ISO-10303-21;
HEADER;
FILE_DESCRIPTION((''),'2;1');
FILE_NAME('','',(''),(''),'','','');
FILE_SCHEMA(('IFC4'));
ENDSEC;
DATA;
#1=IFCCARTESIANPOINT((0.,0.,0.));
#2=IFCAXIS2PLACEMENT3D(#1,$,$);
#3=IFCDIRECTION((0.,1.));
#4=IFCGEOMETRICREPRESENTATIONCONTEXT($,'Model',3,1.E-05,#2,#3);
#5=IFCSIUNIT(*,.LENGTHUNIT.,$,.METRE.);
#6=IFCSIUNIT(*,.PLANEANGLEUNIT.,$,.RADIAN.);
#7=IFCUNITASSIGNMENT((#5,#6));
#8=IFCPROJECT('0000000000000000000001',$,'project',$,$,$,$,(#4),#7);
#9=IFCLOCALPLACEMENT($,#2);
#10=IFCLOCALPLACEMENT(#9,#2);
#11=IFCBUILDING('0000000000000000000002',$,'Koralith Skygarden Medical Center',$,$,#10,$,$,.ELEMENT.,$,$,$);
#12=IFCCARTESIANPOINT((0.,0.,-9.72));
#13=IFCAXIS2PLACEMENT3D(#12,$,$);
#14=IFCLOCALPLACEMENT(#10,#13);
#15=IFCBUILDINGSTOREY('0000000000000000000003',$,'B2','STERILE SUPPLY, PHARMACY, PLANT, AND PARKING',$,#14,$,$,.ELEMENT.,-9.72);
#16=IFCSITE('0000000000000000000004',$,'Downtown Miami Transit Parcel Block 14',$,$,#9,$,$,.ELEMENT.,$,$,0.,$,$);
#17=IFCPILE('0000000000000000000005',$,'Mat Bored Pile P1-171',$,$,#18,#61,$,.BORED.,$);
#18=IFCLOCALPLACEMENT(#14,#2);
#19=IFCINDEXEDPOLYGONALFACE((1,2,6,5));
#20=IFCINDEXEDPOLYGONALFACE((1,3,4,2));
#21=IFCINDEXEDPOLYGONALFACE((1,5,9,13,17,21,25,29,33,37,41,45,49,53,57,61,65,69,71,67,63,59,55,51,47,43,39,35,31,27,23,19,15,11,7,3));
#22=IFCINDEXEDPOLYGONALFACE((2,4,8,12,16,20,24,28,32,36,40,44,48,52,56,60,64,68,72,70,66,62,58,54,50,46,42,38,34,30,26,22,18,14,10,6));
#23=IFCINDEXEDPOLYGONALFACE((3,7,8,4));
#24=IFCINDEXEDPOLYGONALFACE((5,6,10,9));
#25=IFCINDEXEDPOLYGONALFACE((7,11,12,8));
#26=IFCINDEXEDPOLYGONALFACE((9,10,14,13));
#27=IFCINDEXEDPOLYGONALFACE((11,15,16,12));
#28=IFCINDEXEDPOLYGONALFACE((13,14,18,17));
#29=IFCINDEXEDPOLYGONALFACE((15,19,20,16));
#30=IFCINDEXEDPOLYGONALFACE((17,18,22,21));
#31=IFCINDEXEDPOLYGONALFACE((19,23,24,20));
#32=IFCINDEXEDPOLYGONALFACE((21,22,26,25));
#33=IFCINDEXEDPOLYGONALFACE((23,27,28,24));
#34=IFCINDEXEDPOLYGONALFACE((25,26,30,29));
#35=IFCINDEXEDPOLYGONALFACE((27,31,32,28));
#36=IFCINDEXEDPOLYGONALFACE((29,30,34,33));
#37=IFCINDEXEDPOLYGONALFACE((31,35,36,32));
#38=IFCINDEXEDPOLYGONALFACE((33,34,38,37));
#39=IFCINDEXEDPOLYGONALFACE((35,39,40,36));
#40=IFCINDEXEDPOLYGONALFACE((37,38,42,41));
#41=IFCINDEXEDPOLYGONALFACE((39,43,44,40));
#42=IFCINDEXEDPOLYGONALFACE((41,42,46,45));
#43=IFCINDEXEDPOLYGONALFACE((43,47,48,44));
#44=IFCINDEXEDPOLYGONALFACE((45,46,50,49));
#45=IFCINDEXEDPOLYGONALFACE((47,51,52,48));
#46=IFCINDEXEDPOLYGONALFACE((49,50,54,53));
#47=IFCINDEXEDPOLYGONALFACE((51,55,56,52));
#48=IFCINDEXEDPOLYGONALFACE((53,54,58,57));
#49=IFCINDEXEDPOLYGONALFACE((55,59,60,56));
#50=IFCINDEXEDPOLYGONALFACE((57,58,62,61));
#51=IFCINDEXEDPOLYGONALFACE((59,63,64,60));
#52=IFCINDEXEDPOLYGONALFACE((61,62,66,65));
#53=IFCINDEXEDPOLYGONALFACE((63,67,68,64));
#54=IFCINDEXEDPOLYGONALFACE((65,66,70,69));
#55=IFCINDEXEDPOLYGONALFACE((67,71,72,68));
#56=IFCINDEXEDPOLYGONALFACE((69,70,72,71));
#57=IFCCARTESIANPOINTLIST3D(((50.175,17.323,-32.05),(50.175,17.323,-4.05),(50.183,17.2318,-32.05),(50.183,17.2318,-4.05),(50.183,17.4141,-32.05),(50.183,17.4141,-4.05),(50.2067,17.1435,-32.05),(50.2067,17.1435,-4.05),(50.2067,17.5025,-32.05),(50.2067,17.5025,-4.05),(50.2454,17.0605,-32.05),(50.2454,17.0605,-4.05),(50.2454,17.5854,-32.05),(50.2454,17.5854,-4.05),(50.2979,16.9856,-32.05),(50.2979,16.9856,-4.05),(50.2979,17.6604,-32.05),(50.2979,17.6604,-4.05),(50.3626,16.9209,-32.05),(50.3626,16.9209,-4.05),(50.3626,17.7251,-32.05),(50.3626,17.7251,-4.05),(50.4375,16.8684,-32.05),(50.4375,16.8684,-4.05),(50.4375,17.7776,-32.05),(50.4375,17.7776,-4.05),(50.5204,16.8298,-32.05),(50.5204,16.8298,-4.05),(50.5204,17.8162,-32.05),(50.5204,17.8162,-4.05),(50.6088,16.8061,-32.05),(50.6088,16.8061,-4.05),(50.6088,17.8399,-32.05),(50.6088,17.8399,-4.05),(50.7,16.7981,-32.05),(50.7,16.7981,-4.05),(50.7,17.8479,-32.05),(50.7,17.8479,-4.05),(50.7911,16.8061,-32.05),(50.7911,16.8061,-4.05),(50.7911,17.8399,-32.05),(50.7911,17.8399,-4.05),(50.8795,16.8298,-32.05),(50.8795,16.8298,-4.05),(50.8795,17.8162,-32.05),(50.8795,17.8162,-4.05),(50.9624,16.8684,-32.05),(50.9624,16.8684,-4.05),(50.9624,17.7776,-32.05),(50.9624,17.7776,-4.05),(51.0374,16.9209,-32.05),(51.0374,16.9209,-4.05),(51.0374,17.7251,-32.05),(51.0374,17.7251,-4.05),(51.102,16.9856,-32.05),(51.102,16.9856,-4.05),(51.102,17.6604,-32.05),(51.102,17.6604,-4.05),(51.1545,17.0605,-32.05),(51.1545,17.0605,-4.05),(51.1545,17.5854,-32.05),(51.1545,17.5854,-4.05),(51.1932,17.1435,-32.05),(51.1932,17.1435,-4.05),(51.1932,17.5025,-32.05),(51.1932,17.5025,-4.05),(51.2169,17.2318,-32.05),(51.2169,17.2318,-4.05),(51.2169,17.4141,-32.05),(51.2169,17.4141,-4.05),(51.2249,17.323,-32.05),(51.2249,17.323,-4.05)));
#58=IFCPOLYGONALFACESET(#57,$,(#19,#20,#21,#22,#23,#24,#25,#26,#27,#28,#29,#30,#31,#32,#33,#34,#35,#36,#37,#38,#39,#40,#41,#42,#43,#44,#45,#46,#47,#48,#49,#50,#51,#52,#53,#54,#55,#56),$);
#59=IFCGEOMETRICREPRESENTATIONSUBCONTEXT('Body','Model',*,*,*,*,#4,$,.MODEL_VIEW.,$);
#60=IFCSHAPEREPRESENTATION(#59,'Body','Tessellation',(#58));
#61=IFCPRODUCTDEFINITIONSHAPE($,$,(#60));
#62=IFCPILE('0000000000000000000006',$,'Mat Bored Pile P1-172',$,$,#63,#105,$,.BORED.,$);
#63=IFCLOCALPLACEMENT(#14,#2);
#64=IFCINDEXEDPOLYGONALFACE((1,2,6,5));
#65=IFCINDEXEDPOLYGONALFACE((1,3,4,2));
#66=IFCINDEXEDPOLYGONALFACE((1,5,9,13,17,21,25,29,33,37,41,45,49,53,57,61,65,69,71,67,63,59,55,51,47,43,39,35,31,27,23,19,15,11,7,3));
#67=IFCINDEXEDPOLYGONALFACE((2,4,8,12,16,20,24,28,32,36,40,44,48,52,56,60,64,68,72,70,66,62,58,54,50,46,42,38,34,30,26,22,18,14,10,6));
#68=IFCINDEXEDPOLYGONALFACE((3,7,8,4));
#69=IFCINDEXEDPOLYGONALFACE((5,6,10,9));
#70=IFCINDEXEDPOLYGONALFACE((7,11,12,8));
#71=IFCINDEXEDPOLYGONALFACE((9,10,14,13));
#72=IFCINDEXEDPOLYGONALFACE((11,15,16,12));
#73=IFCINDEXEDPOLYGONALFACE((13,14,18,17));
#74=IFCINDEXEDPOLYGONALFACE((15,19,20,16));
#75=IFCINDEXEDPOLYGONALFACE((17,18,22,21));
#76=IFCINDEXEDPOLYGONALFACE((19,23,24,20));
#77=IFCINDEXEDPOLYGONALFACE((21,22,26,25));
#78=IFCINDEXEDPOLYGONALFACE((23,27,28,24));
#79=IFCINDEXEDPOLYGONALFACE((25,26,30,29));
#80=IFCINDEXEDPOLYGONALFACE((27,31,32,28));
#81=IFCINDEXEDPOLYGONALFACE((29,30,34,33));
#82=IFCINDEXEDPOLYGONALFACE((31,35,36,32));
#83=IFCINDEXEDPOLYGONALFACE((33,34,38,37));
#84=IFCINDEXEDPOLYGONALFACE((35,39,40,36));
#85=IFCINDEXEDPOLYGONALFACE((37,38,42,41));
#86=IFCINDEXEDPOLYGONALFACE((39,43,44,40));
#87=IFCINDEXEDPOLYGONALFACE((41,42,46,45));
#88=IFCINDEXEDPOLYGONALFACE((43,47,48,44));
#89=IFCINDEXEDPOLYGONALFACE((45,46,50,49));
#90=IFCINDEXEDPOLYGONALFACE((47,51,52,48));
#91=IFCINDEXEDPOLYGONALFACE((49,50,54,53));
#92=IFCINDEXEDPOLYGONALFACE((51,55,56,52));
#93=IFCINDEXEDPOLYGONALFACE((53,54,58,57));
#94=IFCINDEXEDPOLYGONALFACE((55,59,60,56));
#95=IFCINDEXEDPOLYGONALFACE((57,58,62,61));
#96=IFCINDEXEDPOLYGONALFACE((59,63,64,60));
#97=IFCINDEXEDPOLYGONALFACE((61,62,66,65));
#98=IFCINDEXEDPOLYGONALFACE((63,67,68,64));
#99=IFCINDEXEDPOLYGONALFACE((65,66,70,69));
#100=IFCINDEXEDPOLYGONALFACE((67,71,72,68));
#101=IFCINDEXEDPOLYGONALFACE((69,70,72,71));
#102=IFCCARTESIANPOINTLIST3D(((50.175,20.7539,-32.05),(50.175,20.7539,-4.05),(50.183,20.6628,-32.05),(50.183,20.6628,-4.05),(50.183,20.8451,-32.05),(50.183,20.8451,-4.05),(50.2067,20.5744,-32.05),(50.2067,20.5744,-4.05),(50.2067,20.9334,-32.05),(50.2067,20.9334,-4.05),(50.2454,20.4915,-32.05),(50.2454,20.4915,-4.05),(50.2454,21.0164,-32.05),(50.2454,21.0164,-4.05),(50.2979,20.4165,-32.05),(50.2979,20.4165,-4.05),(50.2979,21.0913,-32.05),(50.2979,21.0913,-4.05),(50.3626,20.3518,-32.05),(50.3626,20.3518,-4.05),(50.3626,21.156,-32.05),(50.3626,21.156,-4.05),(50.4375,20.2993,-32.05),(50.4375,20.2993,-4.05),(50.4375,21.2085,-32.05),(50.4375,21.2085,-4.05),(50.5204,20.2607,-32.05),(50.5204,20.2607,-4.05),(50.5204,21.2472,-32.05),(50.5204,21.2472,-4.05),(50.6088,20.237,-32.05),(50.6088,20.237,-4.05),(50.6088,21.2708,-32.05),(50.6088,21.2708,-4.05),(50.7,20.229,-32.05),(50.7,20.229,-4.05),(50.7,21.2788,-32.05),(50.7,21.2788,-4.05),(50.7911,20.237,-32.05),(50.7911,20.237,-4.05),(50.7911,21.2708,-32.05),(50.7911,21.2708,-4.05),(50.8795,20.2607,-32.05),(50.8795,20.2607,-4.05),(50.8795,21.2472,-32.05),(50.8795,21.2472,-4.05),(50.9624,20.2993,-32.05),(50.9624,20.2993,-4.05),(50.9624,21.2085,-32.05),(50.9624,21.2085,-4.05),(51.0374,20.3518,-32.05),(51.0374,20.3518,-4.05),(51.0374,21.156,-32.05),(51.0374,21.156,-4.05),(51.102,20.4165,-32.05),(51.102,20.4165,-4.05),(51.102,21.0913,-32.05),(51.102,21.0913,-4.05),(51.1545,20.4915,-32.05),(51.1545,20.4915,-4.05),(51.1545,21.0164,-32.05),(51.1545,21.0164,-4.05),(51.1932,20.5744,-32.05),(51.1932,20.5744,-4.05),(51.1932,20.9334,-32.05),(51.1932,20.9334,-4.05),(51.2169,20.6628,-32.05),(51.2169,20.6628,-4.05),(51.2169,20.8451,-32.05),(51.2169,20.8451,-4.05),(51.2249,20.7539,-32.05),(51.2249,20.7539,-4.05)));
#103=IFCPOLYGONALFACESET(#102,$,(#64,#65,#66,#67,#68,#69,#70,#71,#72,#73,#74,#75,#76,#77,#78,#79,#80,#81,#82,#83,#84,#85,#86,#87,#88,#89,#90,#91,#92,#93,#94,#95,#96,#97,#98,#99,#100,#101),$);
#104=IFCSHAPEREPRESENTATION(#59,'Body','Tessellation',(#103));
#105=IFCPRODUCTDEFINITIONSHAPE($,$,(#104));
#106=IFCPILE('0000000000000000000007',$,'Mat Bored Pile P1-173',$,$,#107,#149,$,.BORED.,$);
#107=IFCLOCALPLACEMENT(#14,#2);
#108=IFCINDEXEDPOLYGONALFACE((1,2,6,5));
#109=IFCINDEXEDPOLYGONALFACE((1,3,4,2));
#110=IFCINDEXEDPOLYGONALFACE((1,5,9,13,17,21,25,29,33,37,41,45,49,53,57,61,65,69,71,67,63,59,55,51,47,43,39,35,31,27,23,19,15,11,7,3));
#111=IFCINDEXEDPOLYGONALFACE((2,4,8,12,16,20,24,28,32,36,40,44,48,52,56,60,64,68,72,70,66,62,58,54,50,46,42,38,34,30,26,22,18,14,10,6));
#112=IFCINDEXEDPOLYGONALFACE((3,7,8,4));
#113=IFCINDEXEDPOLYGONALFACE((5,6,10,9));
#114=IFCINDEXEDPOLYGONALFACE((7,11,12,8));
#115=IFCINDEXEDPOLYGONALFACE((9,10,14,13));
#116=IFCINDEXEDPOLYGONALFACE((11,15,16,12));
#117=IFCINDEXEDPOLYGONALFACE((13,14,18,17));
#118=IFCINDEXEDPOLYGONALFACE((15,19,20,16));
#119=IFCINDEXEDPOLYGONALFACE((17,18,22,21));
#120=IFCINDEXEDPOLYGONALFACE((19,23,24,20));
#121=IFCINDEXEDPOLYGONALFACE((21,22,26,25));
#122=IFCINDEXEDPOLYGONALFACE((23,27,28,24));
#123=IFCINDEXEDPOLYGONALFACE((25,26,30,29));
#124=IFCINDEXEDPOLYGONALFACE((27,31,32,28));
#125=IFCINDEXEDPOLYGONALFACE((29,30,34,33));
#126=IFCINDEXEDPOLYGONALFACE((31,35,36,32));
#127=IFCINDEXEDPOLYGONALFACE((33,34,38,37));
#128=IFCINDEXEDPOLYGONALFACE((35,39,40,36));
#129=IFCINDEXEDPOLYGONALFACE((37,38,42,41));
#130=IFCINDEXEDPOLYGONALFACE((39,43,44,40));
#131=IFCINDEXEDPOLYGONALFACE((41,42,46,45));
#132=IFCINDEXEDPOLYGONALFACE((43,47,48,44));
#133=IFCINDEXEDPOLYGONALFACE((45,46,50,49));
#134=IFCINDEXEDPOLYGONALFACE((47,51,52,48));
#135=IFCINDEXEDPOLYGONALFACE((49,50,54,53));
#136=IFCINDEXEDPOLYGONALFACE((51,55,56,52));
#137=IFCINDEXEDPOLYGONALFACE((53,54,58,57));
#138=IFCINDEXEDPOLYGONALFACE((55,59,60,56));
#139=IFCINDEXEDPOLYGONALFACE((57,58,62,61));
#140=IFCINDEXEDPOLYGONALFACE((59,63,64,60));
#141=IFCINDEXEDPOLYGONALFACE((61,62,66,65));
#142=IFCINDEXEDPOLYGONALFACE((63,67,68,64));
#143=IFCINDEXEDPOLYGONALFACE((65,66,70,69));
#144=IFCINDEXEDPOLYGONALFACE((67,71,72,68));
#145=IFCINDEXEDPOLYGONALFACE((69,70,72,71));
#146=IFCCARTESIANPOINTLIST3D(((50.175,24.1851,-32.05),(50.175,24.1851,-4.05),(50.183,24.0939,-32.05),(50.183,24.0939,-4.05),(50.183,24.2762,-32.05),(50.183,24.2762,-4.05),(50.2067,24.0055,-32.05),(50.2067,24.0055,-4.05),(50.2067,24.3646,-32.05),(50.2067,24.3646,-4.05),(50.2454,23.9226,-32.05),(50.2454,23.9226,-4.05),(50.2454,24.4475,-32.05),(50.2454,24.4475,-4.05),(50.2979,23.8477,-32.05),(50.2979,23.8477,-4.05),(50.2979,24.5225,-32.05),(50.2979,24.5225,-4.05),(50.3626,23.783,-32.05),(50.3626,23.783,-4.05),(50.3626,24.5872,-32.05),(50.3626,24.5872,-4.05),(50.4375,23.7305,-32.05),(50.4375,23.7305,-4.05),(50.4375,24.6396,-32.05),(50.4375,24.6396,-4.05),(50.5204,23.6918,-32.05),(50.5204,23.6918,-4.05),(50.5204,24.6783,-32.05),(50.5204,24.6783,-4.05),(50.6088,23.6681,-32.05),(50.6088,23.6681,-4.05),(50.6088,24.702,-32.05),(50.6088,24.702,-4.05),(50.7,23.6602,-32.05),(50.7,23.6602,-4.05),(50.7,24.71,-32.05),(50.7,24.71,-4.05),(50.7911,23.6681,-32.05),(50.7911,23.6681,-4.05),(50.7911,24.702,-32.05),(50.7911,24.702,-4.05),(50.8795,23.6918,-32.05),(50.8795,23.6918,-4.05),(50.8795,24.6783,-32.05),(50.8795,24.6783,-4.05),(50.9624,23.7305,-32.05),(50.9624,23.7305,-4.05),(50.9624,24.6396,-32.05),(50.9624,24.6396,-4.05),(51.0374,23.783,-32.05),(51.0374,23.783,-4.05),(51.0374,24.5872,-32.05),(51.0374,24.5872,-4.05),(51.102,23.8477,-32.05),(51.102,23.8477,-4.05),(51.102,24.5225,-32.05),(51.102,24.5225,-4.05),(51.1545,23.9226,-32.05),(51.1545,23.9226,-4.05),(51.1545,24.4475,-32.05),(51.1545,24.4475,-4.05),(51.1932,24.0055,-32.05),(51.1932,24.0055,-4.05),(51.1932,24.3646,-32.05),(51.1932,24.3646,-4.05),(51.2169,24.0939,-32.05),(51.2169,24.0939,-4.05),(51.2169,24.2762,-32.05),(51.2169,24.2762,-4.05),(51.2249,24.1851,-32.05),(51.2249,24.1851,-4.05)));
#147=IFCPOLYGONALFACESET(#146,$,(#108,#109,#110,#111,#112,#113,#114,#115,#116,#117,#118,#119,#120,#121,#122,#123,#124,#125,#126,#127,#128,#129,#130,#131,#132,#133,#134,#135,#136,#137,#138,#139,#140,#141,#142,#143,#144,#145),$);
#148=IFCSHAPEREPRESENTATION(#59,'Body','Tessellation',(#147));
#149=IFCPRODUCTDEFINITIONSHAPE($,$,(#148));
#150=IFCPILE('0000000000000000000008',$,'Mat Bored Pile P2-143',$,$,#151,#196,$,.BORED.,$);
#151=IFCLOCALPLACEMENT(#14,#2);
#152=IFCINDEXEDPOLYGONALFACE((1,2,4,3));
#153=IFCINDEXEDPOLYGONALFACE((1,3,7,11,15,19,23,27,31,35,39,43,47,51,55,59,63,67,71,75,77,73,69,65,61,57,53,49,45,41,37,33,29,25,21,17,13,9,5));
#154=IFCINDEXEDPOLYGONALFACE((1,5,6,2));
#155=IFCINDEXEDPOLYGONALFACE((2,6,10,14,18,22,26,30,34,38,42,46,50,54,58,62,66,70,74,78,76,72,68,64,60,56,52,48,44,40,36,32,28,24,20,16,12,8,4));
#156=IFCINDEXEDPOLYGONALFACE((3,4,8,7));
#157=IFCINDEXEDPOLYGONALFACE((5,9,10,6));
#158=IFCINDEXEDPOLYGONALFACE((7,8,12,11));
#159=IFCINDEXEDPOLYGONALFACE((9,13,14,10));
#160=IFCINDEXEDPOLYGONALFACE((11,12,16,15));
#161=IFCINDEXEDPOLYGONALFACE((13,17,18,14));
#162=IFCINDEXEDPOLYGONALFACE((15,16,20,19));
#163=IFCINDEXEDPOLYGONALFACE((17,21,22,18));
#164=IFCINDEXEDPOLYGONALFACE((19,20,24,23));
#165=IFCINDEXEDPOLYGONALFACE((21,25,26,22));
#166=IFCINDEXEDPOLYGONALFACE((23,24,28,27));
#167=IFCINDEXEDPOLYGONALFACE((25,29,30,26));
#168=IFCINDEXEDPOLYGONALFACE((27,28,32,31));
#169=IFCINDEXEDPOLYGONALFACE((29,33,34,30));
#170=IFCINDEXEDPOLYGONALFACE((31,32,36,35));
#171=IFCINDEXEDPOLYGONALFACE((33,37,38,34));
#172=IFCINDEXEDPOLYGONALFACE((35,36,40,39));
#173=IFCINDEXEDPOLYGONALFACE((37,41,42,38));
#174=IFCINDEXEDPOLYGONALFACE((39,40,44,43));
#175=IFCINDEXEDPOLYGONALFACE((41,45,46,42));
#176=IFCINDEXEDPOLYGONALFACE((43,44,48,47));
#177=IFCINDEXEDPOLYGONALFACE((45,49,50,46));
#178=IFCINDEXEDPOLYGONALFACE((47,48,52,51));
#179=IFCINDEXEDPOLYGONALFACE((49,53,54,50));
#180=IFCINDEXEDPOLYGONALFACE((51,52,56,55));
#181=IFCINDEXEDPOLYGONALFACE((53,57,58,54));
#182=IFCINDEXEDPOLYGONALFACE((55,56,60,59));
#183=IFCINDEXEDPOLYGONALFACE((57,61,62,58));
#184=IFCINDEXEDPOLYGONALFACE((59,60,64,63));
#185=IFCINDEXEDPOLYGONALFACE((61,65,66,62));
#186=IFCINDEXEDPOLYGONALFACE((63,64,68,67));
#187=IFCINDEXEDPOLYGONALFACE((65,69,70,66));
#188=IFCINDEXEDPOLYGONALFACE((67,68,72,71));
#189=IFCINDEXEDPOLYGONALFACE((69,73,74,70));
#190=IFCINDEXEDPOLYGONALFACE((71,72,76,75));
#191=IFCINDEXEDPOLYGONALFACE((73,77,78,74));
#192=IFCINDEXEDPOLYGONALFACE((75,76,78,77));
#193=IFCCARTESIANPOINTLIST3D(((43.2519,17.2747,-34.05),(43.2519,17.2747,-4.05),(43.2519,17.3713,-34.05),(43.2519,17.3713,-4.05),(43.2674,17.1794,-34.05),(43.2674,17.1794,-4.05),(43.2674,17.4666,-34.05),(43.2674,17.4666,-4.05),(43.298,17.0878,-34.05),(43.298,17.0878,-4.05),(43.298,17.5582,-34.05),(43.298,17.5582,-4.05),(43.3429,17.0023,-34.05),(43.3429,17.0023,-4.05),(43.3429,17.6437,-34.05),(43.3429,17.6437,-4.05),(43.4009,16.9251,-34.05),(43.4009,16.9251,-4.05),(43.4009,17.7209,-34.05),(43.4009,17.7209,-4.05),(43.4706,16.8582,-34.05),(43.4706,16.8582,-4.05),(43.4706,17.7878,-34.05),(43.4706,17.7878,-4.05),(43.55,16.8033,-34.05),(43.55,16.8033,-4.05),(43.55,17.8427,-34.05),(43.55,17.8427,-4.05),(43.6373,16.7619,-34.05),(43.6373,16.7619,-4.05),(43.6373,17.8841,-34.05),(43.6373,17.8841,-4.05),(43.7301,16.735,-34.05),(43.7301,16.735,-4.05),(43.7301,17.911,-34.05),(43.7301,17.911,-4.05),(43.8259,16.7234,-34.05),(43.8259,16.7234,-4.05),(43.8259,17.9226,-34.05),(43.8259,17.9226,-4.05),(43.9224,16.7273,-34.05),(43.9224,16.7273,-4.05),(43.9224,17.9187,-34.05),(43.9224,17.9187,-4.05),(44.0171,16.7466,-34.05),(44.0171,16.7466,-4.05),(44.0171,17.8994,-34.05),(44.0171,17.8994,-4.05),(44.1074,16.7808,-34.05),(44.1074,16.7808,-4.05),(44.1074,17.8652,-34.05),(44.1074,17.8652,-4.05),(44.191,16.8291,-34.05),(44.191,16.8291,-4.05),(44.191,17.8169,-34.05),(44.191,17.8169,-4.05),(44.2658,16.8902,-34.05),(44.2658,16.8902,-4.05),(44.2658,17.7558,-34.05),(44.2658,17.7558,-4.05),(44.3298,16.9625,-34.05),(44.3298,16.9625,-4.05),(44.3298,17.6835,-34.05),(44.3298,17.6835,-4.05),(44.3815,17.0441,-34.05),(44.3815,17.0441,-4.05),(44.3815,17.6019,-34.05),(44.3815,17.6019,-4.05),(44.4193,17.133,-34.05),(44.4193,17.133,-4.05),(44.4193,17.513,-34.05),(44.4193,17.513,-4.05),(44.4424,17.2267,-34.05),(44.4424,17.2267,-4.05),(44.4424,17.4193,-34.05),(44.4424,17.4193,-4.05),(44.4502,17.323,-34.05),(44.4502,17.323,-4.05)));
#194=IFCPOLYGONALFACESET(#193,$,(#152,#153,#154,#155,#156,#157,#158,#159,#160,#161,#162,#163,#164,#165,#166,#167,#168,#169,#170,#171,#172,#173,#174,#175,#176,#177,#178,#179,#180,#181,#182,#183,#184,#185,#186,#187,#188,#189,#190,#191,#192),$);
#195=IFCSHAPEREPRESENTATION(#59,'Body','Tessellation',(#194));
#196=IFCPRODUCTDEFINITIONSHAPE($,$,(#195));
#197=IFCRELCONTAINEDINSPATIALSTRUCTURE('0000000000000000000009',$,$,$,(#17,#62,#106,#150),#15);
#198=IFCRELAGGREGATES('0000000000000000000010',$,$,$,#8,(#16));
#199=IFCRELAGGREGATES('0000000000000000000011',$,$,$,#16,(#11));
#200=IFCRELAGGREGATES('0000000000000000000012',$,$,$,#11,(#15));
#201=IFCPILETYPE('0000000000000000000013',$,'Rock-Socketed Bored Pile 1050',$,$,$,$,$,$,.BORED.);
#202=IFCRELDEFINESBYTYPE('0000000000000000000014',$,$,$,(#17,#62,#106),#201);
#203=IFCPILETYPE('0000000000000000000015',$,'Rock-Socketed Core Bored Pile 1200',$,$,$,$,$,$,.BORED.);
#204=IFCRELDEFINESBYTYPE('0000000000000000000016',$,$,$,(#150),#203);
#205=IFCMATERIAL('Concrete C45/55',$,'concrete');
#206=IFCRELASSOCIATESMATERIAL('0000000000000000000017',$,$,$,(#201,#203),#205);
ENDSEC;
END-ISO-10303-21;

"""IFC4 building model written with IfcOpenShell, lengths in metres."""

from ifc_helpers import new_model, si_unit, direction, frame, origin, origin_2d, place, context, subcontext, project, spatial, circle, extrude, material, material_profile, profile_set, type_object, element, save


model = new_model("IFC4")

# Units and contexts
model_context = context("Model", 3, precision=1e-05, world=origin(), true_north=direction((0.0, 1.0)))
body_context = subcontext(model_context, "Body", "Model", "MODEL_VIEW")
ifc_project = project(units=[si_unit("LENGTHUNIT", "METRE"), si_unit("PLANEANGLEUNIT", "RADIAN")], contexts=[model_context])

# Site, building, storey
site_placement = place(None, origin())
site = spatial("IfcSite", under=ifc_project, at=site_placement, Name="Downtown Miami Transit Parcel Block 14", CompositionType="ELEMENT", RefElevation=0.0)
building_placement = place(site_placement, origin())
building = spatial("IfcBuilding", under=site, at=building_placement, Name="Koralith Skygarden Medical Center", CompositionType="ELEMENT")
storey_placement = place(building_placement, frame((0.0, 0.0, -9.72)))
storey = spatial("IfcBuildingStorey", under=building, at=storey_placement, Name="B2", Description="STERILE SUPPLY, PHARMACY, PLANT, AND PARKING", CompositionType="ELEMENT", Elevation=-9.72)

# Piles
ifc_material_1 = material(Name="Concrete C45/55", Category="concrete")
ifc_material_profile_1 = material_profile(ifc_material_1, circle(Radius=0.5249, at=origin_2d()), Name="PILE1050")
ifc_profile_set_1 = profile_set([ifc_material_profile_1], Name="Concrete C45/55")
pile_type_1 = type_object("IfcPileType", Name="Rock-Socketed Bored Pile 1050", PredefinedType="BORED", material=ifc_profile_set_1)
for number, where, z_axis, x_axis, name in (
    (1, (50.7, 17.323, -4.05), (0.0, 0.0, -1.0), (1.0, 0.0, 0.0), "Mat Bored Pile P1-171"),
    (2, (50.7, 20.7539, -4.05), (0.0, 0.0, -1.0), (1.0, 0.0, 0.0), "Mat Bored Pile P1-172"),
    (3, (50.7, 24.1851, -4.05), (0.0, 0.0, -1.0), (1.0, 0.0, 0.0), "Mat Bored Pile P1-173"),
):
    element("IfcPile", number, at=place(storey_placement, frame(where, z_axis=z_axis, x_axis=x_axis)), inside=storey, type_object=pile_type_1, Name=name, PredefinedType="BORED", context=body_context, shape_type="SweptSolid", body=[
        extrude(circle(Radius=0.5249, at=origin_2d()), origin(), (0.0, 0.0, 1.0), 28.0),
    ])
ifc_material_profile_2 = material_profile(ifc_material_1, circle(Radius=0.6001, at=origin_2d()), Name="PILE1200")
ifc_profile_set_2 = profile_set([ifc_material_profile_2], Name="Concrete C45/55")
pile_type_2 = type_object("IfcPileType", Name="Rock-Socketed Core Bored Pile 1200", PredefinedType="BORED", material=ifc_profile_set_2)
for number, where, z_axis, x_axis, name in (
    (4, (43.8501, 17.323, -4.05), (0.0, 0.0, -1.0), (1.0, 0.0, 0.0), "Mat Bored Pile P2-143"),
):
    element("IfcPile", number, at=place(storey_placement, frame(where, z_axis=z_axis, x_axis=x_axis)), inside=storey, type_object=pile_type_2, Name=name, PredefinedType="BORED", context=body_context, shape_type="SweptSolid", body=[
        extrude(circle(Radius=0.6001, at=origin_2d()), origin(), (0.0, 0.0, 1.0), 30.0),
    ])

save(model, "model.ifc")
